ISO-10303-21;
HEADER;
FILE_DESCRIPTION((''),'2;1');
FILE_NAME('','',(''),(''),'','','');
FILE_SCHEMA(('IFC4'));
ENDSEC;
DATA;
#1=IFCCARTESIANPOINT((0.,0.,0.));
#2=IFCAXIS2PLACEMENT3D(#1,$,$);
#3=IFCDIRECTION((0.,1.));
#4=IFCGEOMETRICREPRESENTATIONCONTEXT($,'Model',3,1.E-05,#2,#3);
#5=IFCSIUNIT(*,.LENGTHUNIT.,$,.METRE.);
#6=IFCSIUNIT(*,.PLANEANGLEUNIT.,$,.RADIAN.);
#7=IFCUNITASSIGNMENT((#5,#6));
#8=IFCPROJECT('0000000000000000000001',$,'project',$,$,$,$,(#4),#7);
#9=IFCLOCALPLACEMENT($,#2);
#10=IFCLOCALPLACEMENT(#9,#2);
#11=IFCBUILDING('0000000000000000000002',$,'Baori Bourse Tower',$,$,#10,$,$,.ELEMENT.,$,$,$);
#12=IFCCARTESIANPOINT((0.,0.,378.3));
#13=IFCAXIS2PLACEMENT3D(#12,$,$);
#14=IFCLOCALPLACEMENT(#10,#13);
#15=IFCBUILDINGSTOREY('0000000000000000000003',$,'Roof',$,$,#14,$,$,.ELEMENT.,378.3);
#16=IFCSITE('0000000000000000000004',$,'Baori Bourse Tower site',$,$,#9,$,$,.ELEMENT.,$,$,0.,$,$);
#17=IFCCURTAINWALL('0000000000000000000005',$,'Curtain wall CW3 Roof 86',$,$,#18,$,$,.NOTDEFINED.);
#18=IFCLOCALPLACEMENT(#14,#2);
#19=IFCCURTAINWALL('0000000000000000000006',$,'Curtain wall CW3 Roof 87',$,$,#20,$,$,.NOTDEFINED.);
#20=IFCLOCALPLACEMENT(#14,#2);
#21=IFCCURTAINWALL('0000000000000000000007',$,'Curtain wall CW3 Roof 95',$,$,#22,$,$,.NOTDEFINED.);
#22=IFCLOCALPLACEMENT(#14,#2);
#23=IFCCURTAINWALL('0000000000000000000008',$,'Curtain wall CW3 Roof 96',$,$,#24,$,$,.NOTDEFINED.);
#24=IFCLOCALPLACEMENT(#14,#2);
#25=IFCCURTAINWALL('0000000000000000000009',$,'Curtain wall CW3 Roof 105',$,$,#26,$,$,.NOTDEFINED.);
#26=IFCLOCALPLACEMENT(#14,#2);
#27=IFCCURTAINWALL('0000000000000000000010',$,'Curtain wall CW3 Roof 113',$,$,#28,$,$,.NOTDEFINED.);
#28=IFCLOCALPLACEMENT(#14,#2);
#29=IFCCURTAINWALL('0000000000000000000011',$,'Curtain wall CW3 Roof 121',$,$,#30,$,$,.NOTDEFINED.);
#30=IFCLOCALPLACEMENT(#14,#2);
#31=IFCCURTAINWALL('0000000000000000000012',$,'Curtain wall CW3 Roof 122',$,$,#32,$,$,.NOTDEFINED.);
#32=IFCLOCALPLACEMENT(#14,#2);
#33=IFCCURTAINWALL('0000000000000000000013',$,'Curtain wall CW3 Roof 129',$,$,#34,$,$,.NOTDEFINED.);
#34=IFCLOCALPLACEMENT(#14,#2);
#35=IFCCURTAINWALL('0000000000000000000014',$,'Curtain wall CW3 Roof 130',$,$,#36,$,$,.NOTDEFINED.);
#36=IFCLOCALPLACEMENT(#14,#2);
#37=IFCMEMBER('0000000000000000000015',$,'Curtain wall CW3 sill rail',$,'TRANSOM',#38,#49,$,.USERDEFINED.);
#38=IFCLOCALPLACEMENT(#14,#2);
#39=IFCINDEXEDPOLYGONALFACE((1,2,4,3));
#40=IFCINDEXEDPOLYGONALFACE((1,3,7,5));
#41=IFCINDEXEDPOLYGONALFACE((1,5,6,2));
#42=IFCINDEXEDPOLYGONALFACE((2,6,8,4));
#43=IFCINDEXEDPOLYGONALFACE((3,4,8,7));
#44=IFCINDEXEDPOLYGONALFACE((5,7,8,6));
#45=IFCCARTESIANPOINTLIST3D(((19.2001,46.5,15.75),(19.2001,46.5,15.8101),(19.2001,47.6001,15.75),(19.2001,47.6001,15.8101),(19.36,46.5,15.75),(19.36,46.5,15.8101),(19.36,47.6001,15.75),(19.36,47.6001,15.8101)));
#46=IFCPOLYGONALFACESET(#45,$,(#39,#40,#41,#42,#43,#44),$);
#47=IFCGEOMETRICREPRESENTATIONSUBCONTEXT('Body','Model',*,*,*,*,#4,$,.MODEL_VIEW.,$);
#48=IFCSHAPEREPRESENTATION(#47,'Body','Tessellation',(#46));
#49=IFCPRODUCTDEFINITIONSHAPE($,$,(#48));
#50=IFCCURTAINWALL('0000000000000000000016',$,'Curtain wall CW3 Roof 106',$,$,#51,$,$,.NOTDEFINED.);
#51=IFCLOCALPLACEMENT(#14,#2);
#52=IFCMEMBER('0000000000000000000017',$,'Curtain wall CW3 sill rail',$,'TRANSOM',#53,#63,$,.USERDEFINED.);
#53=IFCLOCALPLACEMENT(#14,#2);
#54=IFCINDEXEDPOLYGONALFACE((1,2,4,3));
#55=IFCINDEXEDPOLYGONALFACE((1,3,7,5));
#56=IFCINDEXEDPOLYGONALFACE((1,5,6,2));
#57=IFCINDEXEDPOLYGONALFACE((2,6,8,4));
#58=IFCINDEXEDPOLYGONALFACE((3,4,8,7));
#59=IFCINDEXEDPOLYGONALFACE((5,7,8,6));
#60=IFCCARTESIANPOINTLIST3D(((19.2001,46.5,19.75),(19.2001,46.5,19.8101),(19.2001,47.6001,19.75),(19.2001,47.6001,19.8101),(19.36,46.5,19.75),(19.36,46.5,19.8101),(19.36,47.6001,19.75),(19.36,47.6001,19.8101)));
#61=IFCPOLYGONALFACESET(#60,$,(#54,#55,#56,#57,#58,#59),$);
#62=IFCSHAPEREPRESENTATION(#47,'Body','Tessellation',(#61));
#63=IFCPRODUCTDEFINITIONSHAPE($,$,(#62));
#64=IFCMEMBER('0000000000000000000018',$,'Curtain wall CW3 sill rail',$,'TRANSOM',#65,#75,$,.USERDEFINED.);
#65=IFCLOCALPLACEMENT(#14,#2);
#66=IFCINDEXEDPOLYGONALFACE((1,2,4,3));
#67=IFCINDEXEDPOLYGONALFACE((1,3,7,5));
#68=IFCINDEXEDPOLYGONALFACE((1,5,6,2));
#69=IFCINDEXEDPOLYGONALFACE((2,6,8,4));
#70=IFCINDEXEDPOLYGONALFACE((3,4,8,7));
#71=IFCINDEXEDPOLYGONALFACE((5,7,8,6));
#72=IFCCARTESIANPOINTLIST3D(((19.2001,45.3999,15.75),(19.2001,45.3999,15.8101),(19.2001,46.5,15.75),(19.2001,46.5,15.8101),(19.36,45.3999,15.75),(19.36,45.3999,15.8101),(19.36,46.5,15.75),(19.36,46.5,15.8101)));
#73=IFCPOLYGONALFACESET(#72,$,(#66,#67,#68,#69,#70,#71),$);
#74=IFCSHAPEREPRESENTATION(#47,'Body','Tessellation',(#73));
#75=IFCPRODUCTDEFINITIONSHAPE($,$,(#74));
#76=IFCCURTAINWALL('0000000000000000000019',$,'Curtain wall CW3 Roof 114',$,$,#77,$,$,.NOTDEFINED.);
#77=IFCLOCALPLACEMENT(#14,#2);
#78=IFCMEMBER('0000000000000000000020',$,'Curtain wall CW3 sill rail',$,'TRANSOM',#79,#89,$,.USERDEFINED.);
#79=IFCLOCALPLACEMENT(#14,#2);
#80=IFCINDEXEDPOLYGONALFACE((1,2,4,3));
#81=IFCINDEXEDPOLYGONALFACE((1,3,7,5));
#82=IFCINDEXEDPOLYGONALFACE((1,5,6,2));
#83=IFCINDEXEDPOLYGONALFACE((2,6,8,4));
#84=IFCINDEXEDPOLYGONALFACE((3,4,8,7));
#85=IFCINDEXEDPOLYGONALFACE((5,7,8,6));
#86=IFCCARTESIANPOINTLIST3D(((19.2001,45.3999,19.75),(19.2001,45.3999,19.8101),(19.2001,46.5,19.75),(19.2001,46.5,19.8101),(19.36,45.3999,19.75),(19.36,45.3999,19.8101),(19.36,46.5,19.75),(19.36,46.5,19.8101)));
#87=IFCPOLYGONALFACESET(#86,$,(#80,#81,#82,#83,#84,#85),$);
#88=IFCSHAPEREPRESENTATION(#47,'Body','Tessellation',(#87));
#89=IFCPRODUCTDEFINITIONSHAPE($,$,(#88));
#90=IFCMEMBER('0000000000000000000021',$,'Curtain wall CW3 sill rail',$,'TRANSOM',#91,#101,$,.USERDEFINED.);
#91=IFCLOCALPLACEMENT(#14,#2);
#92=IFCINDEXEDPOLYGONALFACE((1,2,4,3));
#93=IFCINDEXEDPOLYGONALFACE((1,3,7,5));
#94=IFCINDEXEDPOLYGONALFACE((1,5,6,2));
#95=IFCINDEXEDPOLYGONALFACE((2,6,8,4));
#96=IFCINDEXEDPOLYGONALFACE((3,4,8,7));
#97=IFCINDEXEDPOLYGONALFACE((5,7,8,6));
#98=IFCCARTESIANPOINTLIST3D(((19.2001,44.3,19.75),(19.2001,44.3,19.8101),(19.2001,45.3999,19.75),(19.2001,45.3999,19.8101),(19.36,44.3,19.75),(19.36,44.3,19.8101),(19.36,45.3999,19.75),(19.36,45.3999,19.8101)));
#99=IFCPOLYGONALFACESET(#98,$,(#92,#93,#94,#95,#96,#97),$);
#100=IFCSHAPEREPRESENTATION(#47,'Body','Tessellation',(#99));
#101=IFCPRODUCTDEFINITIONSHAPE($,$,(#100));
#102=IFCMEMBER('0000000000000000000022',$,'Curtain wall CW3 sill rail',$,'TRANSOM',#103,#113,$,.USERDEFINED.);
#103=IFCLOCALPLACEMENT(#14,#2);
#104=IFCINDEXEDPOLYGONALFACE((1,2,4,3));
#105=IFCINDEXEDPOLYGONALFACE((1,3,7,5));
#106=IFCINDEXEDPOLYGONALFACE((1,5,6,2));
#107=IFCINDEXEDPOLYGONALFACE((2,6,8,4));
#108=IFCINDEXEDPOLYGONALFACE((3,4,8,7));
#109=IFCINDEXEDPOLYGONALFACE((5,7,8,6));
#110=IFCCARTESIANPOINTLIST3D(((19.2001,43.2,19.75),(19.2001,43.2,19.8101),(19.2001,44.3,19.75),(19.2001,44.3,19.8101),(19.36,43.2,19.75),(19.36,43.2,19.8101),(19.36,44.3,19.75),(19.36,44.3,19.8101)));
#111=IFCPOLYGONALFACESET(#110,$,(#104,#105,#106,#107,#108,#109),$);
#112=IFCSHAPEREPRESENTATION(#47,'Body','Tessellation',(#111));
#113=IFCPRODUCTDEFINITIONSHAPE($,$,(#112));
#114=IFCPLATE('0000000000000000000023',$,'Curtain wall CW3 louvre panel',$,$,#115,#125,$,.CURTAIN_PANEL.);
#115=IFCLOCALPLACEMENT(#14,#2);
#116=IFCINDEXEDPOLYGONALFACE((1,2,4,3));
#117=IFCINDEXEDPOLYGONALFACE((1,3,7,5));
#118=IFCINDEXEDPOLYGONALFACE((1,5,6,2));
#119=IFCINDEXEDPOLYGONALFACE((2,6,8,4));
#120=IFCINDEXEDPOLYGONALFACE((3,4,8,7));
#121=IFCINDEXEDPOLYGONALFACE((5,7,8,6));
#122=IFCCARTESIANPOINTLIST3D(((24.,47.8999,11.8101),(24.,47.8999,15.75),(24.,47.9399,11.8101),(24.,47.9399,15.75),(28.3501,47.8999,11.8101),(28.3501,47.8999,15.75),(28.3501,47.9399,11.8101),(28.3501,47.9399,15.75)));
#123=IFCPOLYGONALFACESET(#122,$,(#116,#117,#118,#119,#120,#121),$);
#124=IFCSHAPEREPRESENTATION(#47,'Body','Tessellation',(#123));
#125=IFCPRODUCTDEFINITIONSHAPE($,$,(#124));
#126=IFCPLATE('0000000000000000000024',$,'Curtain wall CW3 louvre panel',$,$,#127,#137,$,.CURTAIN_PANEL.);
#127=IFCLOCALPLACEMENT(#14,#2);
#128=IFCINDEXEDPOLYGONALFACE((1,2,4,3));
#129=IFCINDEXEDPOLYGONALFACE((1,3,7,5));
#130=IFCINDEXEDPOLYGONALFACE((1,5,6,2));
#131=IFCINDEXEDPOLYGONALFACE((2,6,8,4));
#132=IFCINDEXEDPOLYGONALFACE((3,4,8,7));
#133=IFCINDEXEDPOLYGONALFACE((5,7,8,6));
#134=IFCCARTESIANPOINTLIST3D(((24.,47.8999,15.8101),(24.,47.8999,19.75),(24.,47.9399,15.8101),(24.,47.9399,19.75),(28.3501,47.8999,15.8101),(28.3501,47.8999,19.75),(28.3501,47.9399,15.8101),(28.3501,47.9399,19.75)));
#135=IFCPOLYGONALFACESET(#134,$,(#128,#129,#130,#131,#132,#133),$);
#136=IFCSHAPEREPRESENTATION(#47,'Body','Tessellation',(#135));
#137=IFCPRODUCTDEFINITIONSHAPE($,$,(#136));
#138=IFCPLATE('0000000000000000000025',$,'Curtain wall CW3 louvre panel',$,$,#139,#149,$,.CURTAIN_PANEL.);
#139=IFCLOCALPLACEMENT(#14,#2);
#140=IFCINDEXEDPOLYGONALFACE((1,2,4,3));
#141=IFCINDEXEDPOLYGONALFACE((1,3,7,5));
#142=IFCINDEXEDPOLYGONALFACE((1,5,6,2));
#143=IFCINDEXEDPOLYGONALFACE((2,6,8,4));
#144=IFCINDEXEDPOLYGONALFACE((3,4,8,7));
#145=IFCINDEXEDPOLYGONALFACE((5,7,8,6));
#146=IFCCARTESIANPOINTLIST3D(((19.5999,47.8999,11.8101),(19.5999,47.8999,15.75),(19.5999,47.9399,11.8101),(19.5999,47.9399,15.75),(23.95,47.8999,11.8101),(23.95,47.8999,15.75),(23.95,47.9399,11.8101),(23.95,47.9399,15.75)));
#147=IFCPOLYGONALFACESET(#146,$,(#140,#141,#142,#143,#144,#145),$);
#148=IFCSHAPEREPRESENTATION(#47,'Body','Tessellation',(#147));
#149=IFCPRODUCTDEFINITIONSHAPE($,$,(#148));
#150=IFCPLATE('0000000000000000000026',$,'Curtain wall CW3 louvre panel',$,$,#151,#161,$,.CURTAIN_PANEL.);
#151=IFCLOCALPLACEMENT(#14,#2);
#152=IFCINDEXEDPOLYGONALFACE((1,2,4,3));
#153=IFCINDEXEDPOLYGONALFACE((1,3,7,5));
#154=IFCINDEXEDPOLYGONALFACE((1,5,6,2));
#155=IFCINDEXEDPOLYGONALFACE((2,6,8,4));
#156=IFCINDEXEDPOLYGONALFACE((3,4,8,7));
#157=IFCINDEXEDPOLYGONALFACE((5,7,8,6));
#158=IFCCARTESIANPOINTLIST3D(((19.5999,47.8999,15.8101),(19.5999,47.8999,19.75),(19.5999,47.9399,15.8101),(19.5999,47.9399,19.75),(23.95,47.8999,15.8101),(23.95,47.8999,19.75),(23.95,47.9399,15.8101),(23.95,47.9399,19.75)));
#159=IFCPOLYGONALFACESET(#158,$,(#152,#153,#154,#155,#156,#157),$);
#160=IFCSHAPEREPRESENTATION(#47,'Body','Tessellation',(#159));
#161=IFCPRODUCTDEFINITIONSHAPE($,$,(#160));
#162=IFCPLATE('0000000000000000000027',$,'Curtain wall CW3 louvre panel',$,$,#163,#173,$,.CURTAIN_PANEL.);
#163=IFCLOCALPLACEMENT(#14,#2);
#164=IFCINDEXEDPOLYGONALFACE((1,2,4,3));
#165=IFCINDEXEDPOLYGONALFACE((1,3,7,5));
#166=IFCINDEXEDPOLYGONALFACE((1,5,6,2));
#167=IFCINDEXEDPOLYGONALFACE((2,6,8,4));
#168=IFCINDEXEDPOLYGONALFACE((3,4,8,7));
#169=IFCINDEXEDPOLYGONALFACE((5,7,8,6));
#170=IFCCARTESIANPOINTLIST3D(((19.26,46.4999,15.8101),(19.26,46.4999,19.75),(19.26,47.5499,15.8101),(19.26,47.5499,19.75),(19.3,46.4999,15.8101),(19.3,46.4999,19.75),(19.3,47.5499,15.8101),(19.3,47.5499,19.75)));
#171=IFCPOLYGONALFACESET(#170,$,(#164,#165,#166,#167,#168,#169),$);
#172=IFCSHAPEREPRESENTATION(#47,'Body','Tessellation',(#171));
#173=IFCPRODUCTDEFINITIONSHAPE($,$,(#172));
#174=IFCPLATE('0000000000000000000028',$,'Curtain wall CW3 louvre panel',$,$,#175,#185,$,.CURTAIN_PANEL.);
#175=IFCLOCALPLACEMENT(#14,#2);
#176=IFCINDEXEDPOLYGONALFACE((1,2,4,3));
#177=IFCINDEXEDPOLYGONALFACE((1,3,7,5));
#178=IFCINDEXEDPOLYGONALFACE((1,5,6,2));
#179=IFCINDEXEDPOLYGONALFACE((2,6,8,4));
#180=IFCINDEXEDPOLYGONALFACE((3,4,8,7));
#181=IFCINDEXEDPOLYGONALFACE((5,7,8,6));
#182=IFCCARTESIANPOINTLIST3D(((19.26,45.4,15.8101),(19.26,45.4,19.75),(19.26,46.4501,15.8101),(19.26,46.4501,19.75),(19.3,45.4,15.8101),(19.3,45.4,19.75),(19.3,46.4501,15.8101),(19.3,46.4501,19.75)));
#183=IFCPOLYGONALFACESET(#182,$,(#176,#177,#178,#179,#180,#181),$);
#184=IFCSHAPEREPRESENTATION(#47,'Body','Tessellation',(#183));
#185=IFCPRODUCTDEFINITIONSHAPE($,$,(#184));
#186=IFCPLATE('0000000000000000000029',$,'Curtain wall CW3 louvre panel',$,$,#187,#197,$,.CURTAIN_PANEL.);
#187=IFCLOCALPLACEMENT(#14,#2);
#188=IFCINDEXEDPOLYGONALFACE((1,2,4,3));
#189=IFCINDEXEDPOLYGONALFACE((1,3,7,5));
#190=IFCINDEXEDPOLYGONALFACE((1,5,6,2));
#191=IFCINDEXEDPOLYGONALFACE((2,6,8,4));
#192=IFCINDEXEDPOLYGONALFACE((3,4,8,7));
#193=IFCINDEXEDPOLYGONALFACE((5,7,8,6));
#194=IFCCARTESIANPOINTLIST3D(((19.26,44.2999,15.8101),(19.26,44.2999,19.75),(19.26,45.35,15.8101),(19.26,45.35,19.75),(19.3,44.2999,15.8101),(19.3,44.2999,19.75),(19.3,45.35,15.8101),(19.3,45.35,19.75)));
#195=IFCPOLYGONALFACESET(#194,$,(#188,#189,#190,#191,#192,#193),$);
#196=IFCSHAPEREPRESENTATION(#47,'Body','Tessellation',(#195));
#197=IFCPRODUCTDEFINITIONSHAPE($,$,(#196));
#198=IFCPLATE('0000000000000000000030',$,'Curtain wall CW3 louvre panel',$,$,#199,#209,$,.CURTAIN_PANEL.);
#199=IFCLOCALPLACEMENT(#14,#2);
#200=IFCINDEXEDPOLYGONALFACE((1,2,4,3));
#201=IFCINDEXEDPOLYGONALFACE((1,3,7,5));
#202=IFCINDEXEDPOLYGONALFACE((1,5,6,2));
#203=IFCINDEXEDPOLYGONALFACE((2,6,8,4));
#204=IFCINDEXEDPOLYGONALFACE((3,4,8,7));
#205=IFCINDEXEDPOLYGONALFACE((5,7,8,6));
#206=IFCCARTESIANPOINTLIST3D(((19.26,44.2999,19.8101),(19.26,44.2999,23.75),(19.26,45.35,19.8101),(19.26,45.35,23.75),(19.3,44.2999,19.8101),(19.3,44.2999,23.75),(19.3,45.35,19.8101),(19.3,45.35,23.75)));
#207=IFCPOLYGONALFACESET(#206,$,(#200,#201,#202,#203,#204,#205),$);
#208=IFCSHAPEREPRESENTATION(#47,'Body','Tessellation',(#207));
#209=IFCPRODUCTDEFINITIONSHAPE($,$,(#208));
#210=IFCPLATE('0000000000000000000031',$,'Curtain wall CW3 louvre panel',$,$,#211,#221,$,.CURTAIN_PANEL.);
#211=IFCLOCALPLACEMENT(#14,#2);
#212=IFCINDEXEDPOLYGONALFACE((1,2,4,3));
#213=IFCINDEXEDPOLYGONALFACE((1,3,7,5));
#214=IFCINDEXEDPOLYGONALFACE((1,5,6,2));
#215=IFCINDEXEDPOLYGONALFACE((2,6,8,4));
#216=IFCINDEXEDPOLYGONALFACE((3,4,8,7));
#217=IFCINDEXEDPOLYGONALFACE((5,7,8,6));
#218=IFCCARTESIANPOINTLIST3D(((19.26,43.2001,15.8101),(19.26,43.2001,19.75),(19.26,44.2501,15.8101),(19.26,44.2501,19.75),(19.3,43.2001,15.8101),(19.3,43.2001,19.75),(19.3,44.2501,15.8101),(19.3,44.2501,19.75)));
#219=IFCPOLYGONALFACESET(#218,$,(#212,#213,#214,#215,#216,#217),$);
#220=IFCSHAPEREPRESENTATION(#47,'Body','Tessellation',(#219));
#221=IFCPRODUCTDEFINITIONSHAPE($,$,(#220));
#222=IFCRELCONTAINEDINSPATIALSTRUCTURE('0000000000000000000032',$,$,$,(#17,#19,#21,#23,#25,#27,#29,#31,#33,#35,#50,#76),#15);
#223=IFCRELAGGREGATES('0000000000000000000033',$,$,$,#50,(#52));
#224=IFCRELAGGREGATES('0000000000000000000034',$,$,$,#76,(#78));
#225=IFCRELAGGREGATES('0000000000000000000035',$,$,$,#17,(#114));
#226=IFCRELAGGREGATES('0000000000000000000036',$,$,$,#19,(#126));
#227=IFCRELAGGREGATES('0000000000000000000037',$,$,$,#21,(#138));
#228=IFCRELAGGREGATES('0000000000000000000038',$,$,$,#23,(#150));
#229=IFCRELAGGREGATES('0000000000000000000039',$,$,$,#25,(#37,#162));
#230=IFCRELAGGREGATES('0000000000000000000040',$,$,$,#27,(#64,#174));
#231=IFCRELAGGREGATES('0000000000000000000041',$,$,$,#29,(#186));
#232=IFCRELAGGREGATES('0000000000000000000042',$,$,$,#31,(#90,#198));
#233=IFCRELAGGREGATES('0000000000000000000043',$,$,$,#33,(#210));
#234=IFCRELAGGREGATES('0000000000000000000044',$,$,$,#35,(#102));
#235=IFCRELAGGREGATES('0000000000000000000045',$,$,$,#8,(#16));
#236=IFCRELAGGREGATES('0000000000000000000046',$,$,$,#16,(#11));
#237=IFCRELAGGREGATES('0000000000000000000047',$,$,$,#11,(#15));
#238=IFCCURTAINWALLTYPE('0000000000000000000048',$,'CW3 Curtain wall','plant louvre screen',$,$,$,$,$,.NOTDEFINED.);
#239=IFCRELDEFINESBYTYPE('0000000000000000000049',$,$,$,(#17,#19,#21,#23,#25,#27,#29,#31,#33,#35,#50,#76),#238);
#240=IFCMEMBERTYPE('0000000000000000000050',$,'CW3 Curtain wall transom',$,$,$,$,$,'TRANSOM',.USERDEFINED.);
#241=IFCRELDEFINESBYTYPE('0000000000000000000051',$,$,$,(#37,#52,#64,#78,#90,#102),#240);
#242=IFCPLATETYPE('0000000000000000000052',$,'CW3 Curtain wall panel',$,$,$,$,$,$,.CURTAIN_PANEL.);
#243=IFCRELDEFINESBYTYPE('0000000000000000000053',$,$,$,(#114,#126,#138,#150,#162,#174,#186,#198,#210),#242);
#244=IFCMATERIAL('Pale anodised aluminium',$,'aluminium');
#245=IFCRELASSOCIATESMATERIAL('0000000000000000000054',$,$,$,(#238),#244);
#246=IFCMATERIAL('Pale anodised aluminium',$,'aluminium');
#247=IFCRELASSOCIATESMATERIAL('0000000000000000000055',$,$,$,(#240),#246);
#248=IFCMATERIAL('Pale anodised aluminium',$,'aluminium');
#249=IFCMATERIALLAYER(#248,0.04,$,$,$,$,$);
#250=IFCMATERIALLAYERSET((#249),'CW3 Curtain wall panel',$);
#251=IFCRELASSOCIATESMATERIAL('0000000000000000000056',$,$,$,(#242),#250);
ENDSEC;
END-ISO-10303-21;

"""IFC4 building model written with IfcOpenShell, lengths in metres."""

from ifc_helpers import new_model, si_unit, direction, frame, origin, origin_2d, place, context, subcontext, project, spatial, rectangle, extrude, material, layer, layer_set, material_profile, profile_set, type_object, element, aggregate, save


model = new_model("IFC4")

# Units and contexts
model_context = context("Model", 3, precision=1e-05, world=origin(), true_north=direction((0.0, 1.0)))
body_context = subcontext(model_context, "Body", "Model", "MODEL_VIEW")
ifc_project = project(units=[si_unit("LENGTHUNIT", "METRE"), si_unit("PLANEANGLEUNIT", "RADIAN")], contexts=[model_context])

# Site, building, storey
site_placement = place(None, origin())
site = spatial("IfcSite", under=ifc_project, at=site_placement, Name="Baori Bourse Tower site", CompositionType="ELEMENT", RefElevation=0.0)
building_placement = place(site_placement, origin())
building = spatial("IfcBuilding", under=site, at=building_placement, Name="Baori Bourse Tower", CompositionType="ELEMENT")
storey_placement = place(building_placement, frame((0.0, 0.0, 378.3)))
storey = spatial("IfcBuildingStorey", under=building, at=storey_placement, Name="Roof", CompositionType="ELEMENT", Elevation=378.3)

# Curtain walls
ifc_material_1 = material(Name="Pale anodised aluminium", Category="aluminium")
curtain_wall_type = type_object("IfcCurtainWallType", Name="CW3 Curtain wall", Description="plant louvre screen", PredefinedType="NOTDEFINED", material=ifc_material_1)
curtain_wall_1_placement = place(storey_placement, origin())
curtain_wall_1 = element("IfcCurtainWall", 1, at=curtain_wall_1_placement, inside=storey, type_object=curtain_wall_type, Name="Curtain wall CW3 Roof 86", PredefinedType="NOTDEFINED")
curtain_wall_2_placement = place(storey_placement, origin())
curtain_wall_2 = element("IfcCurtainWall", 2, at=curtain_wall_2_placement, inside=storey, type_object=curtain_wall_type, Name="Curtain wall CW3 Roof 87", PredefinedType="NOTDEFINED")
curtain_wall_3_placement = place(storey_placement, origin())
curtain_wall_3 = element("IfcCurtainWall", 3, at=curtain_wall_3_placement, inside=storey, type_object=curtain_wall_type, Name="Curtain wall CW3 Roof 95", PredefinedType="NOTDEFINED")
curtain_wall_4_placement = place(storey_placement, origin())
curtain_wall_4 = element("IfcCurtainWall", 4, at=curtain_wall_4_placement, inside=storey, type_object=curtain_wall_type, Name="Curtain wall CW3 Roof 96", PredefinedType="NOTDEFINED")
curtain_wall_5_placement = place(storey_placement, origin())
curtain_wall_5 = element("IfcCurtainWall", 5, at=curtain_wall_5_placement, inside=storey, type_object=curtain_wall_type, Name="Curtain wall CW3 Roof 105", PredefinedType="NOTDEFINED")
curtain_wall_6_placement = place(storey_placement, origin())
curtain_wall_6 = element("IfcCurtainWall", 6, at=curtain_wall_6_placement, inside=storey, type_object=curtain_wall_type, Name="Curtain wall CW3 Roof 113", PredefinedType="NOTDEFINED")
curtain_wall_7_placement = place(storey_placement, origin())
curtain_wall_7 = element("IfcCurtainWall", 7, at=curtain_wall_7_placement, inside=storey, type_object=curtain_wall_type, Name="Curtain wall CW3 Roof 121", PredefinedType="NOTDEFINED")
curtain_wall_8_placement = place(storey_placement, origin())
curtain_wall_8 = element("IfcCurtainWall", 8, at=curtain_wall_8_placement, inside=storey, type_object=curtain_wall_type, Name="Curtain wall CW3 Roof 122", PredefinedType="NOTDEFINED")
curtain_wall_9_placement = place(storey_placement, origin())
curtain_wall_9 = element("IfcCurtainWall", 9, at=curtain_wall_9_placement, inside=storey, type_object=curtain_wall_type, Name="Curtain wall CW3 Roof 129", PredefinedType="NOTDEFINED")
curtain_wall_10_placement = place(storey_placement, origin())
curtain_wall_10 = element("IfcCurtainWall", 10, at=curtain_wall_10_placement, inside=storey, type_object=curtain_wall_type, Name="Curtain wall CW3 Roof 130", PredefinedType="NOTDEFINED")

# Shared definitions
ifc_material_2 = material(Name="Pale anodised aluminium", Category="aluminium")
ifc_material_profile_1 = material_profile(ifc_material_2, rectangle(XDim=0.1599, YDim=0.0601, at=origin_2d()), Name="Transom 60x160")
ifc_profile_set_1 = profile_set([ifc_material_profile_1], Name="Pale anodised aluminium")
member_type_1 = type_object("IfcMemberType", Name="CW3 Curtain wall transom", ElementType="TRANSOM", PredefinedType="USERDEFINED", material=ifc_profile_set_1)

# Member
member_1_placement = place(storey_placement, frame((19.28, 47.6001, 15.78), z_axis=(0.0, -1.0, 0.0), x_axis=(1.0, 0.0, 0.0)))
member_1 = element("IfcMember", 11, at=member_1_placement, type_object=member_type_1, Name="Curtain wall CW3 sill rail", ObjectType="TRANSOM", PredefinedType="USERDEFINED", context=body_context, shape_type="SweptSolid", body=[
    extrude(rectangle(XDim=0.1599, YDim=0.0601, at=origin_2d()), origin(), (0.0, 0.0, 1.0), 1.1001),
])

# Curtain wall, member
curtain_wall_11_placement = place(storey_placement, origin())
curtain_wall_11 = element("IfcCurtainWall", 12, at=curtain_wall_11_placement, inside=storey, type_object=curtain_wall_type, Name="Curtain wall CW3 Roof 106", PredefinedType="NOTDEFINED")
member_2_placement = place(storey_placement, frame((19.28, 47.6001, 19.78), z_axis=(0.0, -1.0, 0.0), x_axis=(1.0, 0.0, 0.0)))
member_2 = element("IfcMember", 13, at=member_2_placement, type_object=member_type_1, Name="Curtain wall CW3 sill rail", ObjectType="TRANSOM", PredefinedType="USERDEFINED", context=body_context, shape_type="SweptSolid", body=[
    extrude(rectangle(XDim=0.1599, YDim=0.0601, at=origin_2d()), origin(), (0.0, 0.0, 1.0), 1.1001),
])
aggregate(curtain_wall_11, [member_2])

# Member
member_3_placement = place(storey_placement, frame((19.28, 46.5, 15.78), z_axis=(0.0, -1.0, 0.0), x_axis=(1.0, 0.0, 0.0)))
member_3 = element("IfcMember", 14, at=member_3_placement, type_object=member_type_1, Name="Curtain wall CW3 sill rail", ObjectType="TRANSOM", PredefinedType="USERDEFINED", context=body_context, shape_type="SweptSolid", body=[
    extrude(rectangle(XDim=0.1599, YDim=0.0601, at=origin_2d()), origin(), (0.0, 0.0, 1.0), 1.1001),
])

# Curtain wall, member
curtain_wall_12_placement = place(storey_placement, origin())
curtain_wall_12 = element("IfcCurtainWall", 15, at=curtain_wall_12_placement, inside=storey, type_object=curtain_wall_type, Name="Curtain wall CW3 Roof 114", PredefinedType="NOTDEFINED")
member_4_placement = place(storey_placement, frame((19.28, 46.5, 19.78), z_axis=(0.0, -1.0, 0.0), x_axis=(1.0, 0.0, 0.0)))
member_4 = element("IfcMember", 16, at=member_4_placement, type_object=member_type_1, Name="Curtain wall CW3 sill rail", ObjectType="TRANSOM", PredefinedType="USERDEFINED", context=body_context, shape_type="SweptSolid", body=[
    extrude(rectangle(XDim=0.1599, YDim=0.0601, at=origin_2d()), origin(), (0.0, 0.0, 1.0), 1.1001),
])
aggregate(curtain_wall_12, [member_4])

# Members
member_5_placement = place(storey_placement, frame((19.28, 45.3999, 19.78), z_axis=(0.0, -1.0, 0.0), x_axis=(1.0, 0.0, 0.0)))
member_5 = element("IfcMember", 17, at=member_5_placement, type_object=member_type_1, Name="Curtain wall CW3 sill rail", ObjectType="TRANSOM", PredefinedType="USERDEFINED", context=body_context, shape_type="SweptSolid", body=[
    extrude(rectangle(XDim=0.1599, YDim=0.0601, at=origin_2d()), origin(), (0.0, 0.0, 1.0), 1.0999),
])
member_6_placement = place(storey_placement, frame((19.28, 44.3, 19.78), z_axis=(0.0, -1.0, 0.0), x_axis=(1.0, 0.0, 0.0)))
member_6 = element("IfcMember", 18, at=member_6_placement, type_object=member_type_1, Name="Curtain wall CW3 sill rail", ObjectType="TRANSOM", PredefinedType="USERDEFINED", context=body_context, shape_type="SweptSolid", body=[
    extrude(rectangle(XDim=0.1599, YDim=0.0601, at=origin_2d()), origin(), (0.0, 0.0, 1.0), 1.1001),
])

# Plates
ifc_material_3 = material(Name="Pale anodised aluminium", Category="aluminium")
ifc_layer = layer(ifc_material_3, 0.04)
ifc_layer_set = layer_set([ifc_layer], Name="CW3 Curtain wall panel")
plate_type = type_object("IfcPlateType", Name="CW3 Curtain wall panel", PredefinedType="CURTAIN_PANEL", material=ifc_layer_set)
plate_1_placement = place(storey_placement, frame((26.175, 47.9199, 11.8101), z_axis=(0.0, 0.0, 1.0), x_axis=(-1.0, 0.0, 0.0)))
plate_1 = element("IfcPlate", 19, at=plate_1_placement, type_object=plate_type, Name="Curtain wall CW3 louvre panel", PredefinedType="CURTAIN_PANEL", context=body_context, shape_type="SweptSolid", body=[
    extrude(rectangle(XDim=4.3501, YDim=0.04, at=origin_2d()), origin(), (0.0, 0.0, 1.0), 3.9399),
])
aggregate(curtain_wall_1, [plate_1])
plate_2_placement = place(storey_placement, frame((26.175, 47.9199, 15.8101), z_axis=(0.0, 0.0, 1.0), x_axis=(-1.0, 0.0, 0.0)))
plate_2 = element("IfcPlate", 20, at=plate_2_placement, type_object=plate_type, Name="Curtain wall CW3 louvre panel", PredefinedType="CURTAIN_PANEL", context=body_context, shape_type="SweptSolid", body=[
    extrude(rectangle(XDim=4.3501, YDim=0.04, at=origin_2d()), origin(), (0.0, 0.0, 1.0), 3.9399),
])
aggregate(curtain_wall_2, [plate_2])
plate_3_placement = place(storey_placement, frame((21.7749, 47.9199, 11.8101), z_axis=(0.0, 0.0, 1.0), x_axis=(-1.0, 0.0, 0.0)))
plate_3 = element("IfcPlate", 21, at=plate_3_placement, type_object=plate_type, Name="Curtain wall CW3 louvre panel", PredefinedType="CURTAIN_PANEL", context=body_context, shape_type="SweptSolid", body=[
    extrude(rectangle(XDim=4.3501, YDim=0.04, at=origin_2d()), origin(), (0.0, 0.0, 1.0), 3.9399),
])
aggregate(curtain_wall_3, [plate_3])
plate_4_placement = place(storey_placement, frame((21.7749, 47.9199, 15.8101), z_axis=(0.0, 0.0, 1.0), x_axis=(-1.0, 0.0, 0.0)))
plate_4 = element("IfcPlate", 22, at=plate_4_placement, type_object=plate_type, Name="Curtain wall CW3 louvre panel", PredefinedType="CURTAIN_PANEL", context=body_context, shape_type="SweptSolid", body=[
    extrude(rectangle(XDim=4.3501, YDim=0.04, at=origin_2d()), origin(), (0.0, 0.0, 1.0), 3.9399),
])
aggregate(curtain_wall_4, [plate_4])
plate_5_placement = place(storey_placement, frame((19.28, 47.0249, 15.8101), z_axis=(0.0, 0.0, 1.0), x_axis=(0.0, -1.0, 0.0)))
plate_5 = element("IfcPlate", 23, at=plate_5_placement, type_object=plate_type, Name="Curtain wall CW3 louvre panel", PredefinedType="CURTAIN_PANEL", context=body_context, shape_type="SweptSolid", body=[
    extrude(rectangle(XDim=1.05, YDim=0.04, at=origin_2d()), origin(), (0.0, 0.0, 1.0), 3.9399),
])
aggregate(curtain_wall_5, [member_1, plate_5])
plate_6_placement = place(storey_placement, frame((19.28, 45.925, 15.8101), z_axis=(0.0, 0.0, 1.0), x_axis=(0.0, -1.0, 0.0)))
plate_6 = element("IfcPlate", 24, at=plate_6_placement, type_object=plate_type, Name="Curtain wall CW3 louvre panel", PredefinedType="CURTAIN_PANEL", context=body_context, shape_type="SweptSolid", body=[
    extrude(rectangle(XDim=1.05, YDim=0.04, at=origin_2d()), origin(), (0.0, 0.0, 1.0), 3.9399),
])
aggregate(curtain_wall_6, [member_3, plate_6])
plate_7_placement = place(storey_placement, frame((19.28, 44.825, 15.8101), z_axis=(0.0, 0.0, 1.0), x_axis=(0.0, -1.0, 0.0)))
plate_7 = element("IfcPlate", 25, at=plate_7_placement, type_object=plate_type, Name="Curtain wall CW3 louvre panel", PredefinedType="CURTAIN_PANEL", context=body_context, shape_type="SweptSolid", body=[
    extrude(rectangle(XDim=1.05, YDim=0.04, at=origin_2d()), origin(), (0.0, 0.0, 1.0), 3.9399),
])
aggregate(curtain_wall_7, [plate_7])
plate_8_placement = place(storey_placement, frame((19.28, 44.825, 19.8101), z_axis=(0.0, 0.0, 1.0), x_axis=(0.0, -1.0, 0.0)))
plate_8 = element("IfcPlate", 26, at=plate_8_placement, type_object=plate_type, Name="Curtain wall CW3 louvre panel", PredefinedType="CURTAIN_PANEL", context=body_context, shape_type="SweptSolid", body=[
    extrude(rectangle(XDim=1.05, YDim=0.04, at=origin_2d()), origin(), (0.0, 0.0, 1.0), 3.9399),
])
aggregate(curtain_wall_8, [member_5, plate_8])
plate_9_placement = place(storey_placement, frame((19.28, 43.7251, 15.8101), z_axis=(0.0, 0.0, 1.0), x_axis=(0.0, -1.0, 0.0)))
plate_9 = element("IfcPlate", 27, at=plate_9_placement, type_object=plate_type, Name="Curtain wall CW3 louvre panel", PredefinedType="CURTAIN_PANEL", context=body_context, shape_type="SweptSolid", body=[
    extrude(rectangle(XDim=1.05, YDim=0.04, at=origin_2d()), origin(), (0.0, 0.0, 1.0), 3.9399),
])
aggregate(curtain_wall_9, [plate_9])
aggregate(curtain_wall_10, [member_6])

save(model, "model.ifc")
